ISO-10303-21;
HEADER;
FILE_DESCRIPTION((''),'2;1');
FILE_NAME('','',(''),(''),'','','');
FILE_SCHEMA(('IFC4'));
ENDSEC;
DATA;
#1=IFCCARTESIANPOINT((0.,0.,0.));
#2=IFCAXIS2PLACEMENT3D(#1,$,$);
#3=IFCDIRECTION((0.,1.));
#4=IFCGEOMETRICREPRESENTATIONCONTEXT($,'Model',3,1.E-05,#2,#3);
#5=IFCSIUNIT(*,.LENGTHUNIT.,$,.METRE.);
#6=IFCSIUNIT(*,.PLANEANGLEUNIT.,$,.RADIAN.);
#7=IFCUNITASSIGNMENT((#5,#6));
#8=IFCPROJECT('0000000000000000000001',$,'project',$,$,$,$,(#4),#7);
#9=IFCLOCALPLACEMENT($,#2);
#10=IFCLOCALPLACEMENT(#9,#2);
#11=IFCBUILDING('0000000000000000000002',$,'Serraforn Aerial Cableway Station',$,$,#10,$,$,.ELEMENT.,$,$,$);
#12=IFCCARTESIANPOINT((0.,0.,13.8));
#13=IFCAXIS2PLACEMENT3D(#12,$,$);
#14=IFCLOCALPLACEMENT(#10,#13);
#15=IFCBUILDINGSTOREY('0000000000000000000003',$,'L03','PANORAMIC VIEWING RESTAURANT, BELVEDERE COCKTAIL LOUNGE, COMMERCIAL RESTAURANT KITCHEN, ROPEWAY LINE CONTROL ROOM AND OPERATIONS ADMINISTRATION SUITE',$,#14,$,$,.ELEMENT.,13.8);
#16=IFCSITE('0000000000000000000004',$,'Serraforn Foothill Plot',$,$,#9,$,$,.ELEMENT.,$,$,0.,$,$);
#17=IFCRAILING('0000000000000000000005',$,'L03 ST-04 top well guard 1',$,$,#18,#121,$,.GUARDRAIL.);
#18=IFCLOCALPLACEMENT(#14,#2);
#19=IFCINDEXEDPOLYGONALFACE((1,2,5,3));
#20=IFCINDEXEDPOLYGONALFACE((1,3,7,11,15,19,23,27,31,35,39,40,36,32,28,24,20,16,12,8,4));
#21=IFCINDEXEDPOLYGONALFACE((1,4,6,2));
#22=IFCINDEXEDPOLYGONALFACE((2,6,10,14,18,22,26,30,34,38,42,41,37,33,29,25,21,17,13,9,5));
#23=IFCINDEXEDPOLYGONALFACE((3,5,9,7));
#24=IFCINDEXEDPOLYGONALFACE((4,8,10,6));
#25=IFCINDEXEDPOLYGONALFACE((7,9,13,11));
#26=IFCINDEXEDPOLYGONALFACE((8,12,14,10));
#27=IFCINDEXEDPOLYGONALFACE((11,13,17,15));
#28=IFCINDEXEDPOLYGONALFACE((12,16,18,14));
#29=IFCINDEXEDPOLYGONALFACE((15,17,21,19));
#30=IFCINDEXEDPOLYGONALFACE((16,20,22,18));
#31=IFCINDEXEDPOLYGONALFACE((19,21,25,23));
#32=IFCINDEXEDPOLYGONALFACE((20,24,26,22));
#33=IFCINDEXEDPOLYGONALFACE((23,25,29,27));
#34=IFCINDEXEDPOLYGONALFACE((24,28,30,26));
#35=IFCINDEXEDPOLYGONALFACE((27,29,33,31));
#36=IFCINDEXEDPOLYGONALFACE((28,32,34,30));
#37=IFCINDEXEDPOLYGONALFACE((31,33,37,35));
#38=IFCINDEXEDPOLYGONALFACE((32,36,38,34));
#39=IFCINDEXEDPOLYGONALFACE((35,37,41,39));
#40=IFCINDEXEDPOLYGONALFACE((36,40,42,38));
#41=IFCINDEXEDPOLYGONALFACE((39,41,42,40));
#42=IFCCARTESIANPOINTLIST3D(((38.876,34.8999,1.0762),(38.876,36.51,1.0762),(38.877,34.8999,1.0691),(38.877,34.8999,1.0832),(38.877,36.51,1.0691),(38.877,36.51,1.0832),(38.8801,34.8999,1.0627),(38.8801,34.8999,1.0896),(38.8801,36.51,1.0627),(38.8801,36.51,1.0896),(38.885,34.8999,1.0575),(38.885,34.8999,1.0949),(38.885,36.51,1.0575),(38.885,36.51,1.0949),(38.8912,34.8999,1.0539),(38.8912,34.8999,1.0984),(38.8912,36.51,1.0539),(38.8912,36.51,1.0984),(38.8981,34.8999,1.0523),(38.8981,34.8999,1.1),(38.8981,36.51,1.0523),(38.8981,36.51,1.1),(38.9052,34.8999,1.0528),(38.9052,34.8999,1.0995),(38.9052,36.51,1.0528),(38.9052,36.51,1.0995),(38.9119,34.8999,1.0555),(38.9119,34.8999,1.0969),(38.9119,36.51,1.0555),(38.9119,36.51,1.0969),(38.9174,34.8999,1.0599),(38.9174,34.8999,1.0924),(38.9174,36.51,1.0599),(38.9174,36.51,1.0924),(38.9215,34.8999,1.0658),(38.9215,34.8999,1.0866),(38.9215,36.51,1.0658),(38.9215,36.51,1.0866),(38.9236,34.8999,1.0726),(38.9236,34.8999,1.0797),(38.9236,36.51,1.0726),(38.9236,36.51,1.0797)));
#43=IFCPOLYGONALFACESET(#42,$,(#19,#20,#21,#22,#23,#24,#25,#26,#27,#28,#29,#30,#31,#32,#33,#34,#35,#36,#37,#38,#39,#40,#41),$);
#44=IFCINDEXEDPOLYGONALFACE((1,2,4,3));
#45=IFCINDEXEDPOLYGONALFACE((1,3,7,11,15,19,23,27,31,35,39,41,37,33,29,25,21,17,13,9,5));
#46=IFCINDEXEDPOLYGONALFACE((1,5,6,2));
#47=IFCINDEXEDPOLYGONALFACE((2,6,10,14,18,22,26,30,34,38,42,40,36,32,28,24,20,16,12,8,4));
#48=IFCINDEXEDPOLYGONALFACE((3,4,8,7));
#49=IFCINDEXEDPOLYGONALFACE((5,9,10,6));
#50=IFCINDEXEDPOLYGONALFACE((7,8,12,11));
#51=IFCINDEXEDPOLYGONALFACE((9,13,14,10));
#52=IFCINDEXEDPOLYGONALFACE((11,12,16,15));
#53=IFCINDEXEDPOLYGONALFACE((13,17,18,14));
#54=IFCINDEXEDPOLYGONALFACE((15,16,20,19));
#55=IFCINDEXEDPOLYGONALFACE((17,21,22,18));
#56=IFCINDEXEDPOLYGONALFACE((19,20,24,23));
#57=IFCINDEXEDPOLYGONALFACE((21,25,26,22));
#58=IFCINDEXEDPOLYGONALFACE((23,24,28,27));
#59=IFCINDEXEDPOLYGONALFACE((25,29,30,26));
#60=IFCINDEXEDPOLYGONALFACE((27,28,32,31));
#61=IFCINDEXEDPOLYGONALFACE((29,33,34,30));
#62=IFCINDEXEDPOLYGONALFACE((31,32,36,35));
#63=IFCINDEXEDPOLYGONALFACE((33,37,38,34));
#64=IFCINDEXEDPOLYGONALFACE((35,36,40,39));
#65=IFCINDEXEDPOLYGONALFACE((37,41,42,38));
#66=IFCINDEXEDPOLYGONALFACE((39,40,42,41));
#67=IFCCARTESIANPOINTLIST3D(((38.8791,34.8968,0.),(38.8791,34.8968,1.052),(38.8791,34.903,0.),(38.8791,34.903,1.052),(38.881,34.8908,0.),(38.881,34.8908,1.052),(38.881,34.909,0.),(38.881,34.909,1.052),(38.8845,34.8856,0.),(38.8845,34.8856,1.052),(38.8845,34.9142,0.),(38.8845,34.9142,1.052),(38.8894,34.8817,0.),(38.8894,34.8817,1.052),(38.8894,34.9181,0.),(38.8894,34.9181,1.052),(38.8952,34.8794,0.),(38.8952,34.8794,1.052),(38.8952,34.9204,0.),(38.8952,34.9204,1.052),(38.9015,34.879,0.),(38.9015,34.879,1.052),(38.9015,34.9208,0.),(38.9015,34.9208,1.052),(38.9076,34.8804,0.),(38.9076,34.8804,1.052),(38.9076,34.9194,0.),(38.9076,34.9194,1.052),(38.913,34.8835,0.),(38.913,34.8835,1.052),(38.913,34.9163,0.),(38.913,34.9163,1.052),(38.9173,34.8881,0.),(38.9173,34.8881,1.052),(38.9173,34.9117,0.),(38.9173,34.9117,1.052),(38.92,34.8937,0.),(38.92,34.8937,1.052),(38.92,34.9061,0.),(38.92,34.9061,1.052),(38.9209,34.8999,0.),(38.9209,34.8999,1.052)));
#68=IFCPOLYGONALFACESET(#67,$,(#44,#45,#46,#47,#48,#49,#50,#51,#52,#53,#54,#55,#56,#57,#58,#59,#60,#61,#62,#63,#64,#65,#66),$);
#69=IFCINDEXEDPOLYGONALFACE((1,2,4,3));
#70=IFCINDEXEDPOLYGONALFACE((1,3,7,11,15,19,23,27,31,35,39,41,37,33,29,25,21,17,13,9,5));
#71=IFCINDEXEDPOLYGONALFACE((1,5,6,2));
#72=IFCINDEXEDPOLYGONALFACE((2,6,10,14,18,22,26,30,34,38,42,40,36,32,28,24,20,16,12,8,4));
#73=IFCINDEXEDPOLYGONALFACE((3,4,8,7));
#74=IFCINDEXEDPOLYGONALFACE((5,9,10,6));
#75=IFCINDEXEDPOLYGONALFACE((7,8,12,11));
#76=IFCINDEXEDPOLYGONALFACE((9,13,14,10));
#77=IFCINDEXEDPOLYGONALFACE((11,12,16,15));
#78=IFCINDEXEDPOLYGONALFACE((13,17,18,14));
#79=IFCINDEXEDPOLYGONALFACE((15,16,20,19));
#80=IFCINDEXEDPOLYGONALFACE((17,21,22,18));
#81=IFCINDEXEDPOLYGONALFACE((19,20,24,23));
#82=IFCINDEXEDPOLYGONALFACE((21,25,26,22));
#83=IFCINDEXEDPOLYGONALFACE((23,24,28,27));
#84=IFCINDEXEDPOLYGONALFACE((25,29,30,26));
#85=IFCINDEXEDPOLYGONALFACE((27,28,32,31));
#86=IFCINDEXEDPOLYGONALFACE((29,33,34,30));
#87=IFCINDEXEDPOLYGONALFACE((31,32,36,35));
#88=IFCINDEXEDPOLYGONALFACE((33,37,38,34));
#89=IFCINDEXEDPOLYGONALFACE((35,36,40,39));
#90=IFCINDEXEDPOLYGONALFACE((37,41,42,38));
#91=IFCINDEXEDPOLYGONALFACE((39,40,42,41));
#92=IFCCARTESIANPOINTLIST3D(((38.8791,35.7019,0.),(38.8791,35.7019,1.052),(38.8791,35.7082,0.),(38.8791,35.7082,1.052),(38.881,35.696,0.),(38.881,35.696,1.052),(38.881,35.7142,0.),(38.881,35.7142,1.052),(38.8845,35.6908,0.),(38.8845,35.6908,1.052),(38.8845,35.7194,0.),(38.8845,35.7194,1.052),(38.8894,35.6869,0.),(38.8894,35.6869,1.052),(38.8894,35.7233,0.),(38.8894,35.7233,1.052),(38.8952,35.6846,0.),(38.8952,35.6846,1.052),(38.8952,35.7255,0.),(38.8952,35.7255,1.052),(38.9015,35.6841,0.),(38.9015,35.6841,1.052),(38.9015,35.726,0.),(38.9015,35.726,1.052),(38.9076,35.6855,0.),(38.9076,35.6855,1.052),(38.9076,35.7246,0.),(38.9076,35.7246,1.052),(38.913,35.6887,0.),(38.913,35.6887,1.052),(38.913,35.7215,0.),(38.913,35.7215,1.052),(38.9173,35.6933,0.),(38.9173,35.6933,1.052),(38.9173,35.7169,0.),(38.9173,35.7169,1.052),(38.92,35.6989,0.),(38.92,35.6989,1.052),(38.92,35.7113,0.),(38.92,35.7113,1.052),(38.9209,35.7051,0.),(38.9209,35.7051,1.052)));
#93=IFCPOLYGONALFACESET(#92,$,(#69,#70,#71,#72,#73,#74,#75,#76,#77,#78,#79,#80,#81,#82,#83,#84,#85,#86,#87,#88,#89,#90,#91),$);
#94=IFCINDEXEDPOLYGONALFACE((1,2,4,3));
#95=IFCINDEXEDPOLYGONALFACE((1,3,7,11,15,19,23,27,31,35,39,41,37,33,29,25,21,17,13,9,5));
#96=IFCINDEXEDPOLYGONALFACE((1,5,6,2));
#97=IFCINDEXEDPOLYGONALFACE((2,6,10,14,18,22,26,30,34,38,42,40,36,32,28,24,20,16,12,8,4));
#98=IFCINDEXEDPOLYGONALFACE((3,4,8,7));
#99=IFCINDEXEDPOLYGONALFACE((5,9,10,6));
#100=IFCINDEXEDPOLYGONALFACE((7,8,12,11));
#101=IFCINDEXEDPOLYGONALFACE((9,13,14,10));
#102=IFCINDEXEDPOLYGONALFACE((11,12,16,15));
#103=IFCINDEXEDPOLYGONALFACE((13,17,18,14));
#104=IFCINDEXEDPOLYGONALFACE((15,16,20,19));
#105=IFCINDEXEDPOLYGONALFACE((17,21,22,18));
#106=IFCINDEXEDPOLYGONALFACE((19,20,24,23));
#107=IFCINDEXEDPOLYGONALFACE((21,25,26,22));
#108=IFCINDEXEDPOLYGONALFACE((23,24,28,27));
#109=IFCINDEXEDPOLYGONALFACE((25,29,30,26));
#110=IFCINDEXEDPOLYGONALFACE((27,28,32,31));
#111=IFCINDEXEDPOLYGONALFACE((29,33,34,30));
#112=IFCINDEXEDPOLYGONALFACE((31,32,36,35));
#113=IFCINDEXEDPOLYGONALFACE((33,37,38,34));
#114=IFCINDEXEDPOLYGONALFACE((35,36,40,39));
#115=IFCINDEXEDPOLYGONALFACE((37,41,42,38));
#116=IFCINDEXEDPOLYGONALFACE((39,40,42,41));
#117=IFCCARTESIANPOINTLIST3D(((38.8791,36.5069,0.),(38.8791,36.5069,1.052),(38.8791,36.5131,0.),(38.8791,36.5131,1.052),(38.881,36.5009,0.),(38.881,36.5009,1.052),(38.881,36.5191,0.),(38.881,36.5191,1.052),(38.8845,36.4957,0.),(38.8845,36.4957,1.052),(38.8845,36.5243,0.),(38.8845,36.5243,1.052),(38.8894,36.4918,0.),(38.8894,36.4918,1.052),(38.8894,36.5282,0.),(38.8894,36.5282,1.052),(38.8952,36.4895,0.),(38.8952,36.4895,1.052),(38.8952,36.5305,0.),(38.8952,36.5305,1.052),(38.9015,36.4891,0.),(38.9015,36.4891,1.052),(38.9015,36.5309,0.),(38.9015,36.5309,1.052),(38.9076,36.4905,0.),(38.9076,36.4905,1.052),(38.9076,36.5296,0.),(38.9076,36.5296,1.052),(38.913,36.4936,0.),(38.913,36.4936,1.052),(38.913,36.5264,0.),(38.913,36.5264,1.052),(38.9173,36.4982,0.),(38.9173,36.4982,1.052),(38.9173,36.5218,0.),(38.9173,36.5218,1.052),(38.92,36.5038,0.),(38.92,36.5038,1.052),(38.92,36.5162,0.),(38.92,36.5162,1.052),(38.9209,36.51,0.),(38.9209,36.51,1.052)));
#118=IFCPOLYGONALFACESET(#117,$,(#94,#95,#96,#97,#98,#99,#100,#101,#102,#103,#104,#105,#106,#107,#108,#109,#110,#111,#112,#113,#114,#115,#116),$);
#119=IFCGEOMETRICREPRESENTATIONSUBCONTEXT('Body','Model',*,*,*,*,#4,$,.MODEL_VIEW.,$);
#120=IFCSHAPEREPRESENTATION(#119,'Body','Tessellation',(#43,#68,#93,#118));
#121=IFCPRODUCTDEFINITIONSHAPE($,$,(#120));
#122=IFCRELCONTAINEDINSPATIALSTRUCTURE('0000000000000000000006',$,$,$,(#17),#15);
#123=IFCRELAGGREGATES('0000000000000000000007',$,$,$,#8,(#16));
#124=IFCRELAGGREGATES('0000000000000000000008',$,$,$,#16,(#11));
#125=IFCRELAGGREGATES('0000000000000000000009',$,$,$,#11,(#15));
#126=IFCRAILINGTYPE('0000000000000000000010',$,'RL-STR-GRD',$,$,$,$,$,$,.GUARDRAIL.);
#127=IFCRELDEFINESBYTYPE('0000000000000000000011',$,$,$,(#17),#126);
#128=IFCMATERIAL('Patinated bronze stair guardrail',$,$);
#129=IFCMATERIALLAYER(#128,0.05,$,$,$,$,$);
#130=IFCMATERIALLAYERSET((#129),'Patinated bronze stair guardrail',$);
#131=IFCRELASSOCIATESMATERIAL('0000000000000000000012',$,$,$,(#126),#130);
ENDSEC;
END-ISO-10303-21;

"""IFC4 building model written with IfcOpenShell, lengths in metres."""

from ifc_helpers import new_model, si_unit, direction, frame, origin, origin_2d, place, context, subcontext, project, spatial, circle, extrude, material, layer, layer_set, type_object, element, save


model = new_model("IFC4")

# Units and contexts
model_context = context("Model", 3, precision=1e-05, world=origin(), true_north=direction((0.0, 1.0)))
body_context = subcontext(model_context, "Body", "Model", "MODEL_VIEW")
ifc_project = project(units=[si_unit("LENGTHUNIT", "METRE"), si_unit("PLANEANGLEUNIT", "RADIAN")], contexts=[model_context])

# Site, building, storey
site_placement = place(None, origin())
site = spatial("IfcSite", under=ifc_project, at=site_placement, Name="Serraforn Foothill Plot", CompositionType="ELEMENT", RefElevation=0.0)
building_placement = place(site_placement, origin())
building = spatial("IfcBuilding", under=site, at=building_placement, Name="Serraforn Aerial Cableway Station", CompositionType="ELEMENT")
storey_placement = place(building_placement, frame((0.0, 0.0, 13.8)))
storey = spatial("IfcBuildingStorey", under=building, at=storey_placement, Name="L03", Description="PANORAMIC VIEWING RESTAURANT, BELVEDERE COCKTAIL LOUNGE, COMMERCIAL RESTAURANT KITCHEN, ROPEWAY LINE CONTROL ROOM AND OPERATIONS ADMINISTRATION SUITE", CompositionType="ELEMENT", Elevation=13.8)

# Railing
ifc_material_1 = material(Name="Patinated bronze stair guardrail")
ifc_layer_1 = layer(ifc_material_1, 0.05)
ifc_layer_set_1 = layer_set([ifc_layer_1], Name="Patinated bronze stair guardrail")
railing_type = type_object("IfcRailingType", Name="RL-STR-GRD", PredefinedType="GUARDRAIL", material=ifc_layer_set_1)
railing_placement = place(storey_placement, frame((38.8999, 34.8999, 0.0)))
element("IfcRailing", 1, at=railing_placement, inside=storey, type_object=railing_type, Name="L03 ST-04 top well guard 1", PredefinedType="GUARDRAIL", context=body_context, shape_type="SweptSolid", body=[
    extrude(circle(Radius=0.0239, at=origin_2d()), frame((0.0, 0.0, 1.0762), z_axis=(0.0, 1.0, 0.0), x_axis=(-1.0, 0.0, 0.0)), (0.0, 0.0, 1.0), 1.6101),
    extrude(circle(Radius=0.021, at=origin_2d()), origin(), (0.0, 0.0, 1.0), 1.052),
    extrude(circle(Radius=0.021, at=origin_2d()), frame((0.0, 0.8052, 0.0)), (0.0, 0.0, 1.0), 1.052),
    extrude(circle(Radius=0.021, at=origin_2d()), frame((0.0, 1.6101, 0.0)), (0.0, 0.0, 1.0), 1.052),
])

save(model, "model.ifc")
